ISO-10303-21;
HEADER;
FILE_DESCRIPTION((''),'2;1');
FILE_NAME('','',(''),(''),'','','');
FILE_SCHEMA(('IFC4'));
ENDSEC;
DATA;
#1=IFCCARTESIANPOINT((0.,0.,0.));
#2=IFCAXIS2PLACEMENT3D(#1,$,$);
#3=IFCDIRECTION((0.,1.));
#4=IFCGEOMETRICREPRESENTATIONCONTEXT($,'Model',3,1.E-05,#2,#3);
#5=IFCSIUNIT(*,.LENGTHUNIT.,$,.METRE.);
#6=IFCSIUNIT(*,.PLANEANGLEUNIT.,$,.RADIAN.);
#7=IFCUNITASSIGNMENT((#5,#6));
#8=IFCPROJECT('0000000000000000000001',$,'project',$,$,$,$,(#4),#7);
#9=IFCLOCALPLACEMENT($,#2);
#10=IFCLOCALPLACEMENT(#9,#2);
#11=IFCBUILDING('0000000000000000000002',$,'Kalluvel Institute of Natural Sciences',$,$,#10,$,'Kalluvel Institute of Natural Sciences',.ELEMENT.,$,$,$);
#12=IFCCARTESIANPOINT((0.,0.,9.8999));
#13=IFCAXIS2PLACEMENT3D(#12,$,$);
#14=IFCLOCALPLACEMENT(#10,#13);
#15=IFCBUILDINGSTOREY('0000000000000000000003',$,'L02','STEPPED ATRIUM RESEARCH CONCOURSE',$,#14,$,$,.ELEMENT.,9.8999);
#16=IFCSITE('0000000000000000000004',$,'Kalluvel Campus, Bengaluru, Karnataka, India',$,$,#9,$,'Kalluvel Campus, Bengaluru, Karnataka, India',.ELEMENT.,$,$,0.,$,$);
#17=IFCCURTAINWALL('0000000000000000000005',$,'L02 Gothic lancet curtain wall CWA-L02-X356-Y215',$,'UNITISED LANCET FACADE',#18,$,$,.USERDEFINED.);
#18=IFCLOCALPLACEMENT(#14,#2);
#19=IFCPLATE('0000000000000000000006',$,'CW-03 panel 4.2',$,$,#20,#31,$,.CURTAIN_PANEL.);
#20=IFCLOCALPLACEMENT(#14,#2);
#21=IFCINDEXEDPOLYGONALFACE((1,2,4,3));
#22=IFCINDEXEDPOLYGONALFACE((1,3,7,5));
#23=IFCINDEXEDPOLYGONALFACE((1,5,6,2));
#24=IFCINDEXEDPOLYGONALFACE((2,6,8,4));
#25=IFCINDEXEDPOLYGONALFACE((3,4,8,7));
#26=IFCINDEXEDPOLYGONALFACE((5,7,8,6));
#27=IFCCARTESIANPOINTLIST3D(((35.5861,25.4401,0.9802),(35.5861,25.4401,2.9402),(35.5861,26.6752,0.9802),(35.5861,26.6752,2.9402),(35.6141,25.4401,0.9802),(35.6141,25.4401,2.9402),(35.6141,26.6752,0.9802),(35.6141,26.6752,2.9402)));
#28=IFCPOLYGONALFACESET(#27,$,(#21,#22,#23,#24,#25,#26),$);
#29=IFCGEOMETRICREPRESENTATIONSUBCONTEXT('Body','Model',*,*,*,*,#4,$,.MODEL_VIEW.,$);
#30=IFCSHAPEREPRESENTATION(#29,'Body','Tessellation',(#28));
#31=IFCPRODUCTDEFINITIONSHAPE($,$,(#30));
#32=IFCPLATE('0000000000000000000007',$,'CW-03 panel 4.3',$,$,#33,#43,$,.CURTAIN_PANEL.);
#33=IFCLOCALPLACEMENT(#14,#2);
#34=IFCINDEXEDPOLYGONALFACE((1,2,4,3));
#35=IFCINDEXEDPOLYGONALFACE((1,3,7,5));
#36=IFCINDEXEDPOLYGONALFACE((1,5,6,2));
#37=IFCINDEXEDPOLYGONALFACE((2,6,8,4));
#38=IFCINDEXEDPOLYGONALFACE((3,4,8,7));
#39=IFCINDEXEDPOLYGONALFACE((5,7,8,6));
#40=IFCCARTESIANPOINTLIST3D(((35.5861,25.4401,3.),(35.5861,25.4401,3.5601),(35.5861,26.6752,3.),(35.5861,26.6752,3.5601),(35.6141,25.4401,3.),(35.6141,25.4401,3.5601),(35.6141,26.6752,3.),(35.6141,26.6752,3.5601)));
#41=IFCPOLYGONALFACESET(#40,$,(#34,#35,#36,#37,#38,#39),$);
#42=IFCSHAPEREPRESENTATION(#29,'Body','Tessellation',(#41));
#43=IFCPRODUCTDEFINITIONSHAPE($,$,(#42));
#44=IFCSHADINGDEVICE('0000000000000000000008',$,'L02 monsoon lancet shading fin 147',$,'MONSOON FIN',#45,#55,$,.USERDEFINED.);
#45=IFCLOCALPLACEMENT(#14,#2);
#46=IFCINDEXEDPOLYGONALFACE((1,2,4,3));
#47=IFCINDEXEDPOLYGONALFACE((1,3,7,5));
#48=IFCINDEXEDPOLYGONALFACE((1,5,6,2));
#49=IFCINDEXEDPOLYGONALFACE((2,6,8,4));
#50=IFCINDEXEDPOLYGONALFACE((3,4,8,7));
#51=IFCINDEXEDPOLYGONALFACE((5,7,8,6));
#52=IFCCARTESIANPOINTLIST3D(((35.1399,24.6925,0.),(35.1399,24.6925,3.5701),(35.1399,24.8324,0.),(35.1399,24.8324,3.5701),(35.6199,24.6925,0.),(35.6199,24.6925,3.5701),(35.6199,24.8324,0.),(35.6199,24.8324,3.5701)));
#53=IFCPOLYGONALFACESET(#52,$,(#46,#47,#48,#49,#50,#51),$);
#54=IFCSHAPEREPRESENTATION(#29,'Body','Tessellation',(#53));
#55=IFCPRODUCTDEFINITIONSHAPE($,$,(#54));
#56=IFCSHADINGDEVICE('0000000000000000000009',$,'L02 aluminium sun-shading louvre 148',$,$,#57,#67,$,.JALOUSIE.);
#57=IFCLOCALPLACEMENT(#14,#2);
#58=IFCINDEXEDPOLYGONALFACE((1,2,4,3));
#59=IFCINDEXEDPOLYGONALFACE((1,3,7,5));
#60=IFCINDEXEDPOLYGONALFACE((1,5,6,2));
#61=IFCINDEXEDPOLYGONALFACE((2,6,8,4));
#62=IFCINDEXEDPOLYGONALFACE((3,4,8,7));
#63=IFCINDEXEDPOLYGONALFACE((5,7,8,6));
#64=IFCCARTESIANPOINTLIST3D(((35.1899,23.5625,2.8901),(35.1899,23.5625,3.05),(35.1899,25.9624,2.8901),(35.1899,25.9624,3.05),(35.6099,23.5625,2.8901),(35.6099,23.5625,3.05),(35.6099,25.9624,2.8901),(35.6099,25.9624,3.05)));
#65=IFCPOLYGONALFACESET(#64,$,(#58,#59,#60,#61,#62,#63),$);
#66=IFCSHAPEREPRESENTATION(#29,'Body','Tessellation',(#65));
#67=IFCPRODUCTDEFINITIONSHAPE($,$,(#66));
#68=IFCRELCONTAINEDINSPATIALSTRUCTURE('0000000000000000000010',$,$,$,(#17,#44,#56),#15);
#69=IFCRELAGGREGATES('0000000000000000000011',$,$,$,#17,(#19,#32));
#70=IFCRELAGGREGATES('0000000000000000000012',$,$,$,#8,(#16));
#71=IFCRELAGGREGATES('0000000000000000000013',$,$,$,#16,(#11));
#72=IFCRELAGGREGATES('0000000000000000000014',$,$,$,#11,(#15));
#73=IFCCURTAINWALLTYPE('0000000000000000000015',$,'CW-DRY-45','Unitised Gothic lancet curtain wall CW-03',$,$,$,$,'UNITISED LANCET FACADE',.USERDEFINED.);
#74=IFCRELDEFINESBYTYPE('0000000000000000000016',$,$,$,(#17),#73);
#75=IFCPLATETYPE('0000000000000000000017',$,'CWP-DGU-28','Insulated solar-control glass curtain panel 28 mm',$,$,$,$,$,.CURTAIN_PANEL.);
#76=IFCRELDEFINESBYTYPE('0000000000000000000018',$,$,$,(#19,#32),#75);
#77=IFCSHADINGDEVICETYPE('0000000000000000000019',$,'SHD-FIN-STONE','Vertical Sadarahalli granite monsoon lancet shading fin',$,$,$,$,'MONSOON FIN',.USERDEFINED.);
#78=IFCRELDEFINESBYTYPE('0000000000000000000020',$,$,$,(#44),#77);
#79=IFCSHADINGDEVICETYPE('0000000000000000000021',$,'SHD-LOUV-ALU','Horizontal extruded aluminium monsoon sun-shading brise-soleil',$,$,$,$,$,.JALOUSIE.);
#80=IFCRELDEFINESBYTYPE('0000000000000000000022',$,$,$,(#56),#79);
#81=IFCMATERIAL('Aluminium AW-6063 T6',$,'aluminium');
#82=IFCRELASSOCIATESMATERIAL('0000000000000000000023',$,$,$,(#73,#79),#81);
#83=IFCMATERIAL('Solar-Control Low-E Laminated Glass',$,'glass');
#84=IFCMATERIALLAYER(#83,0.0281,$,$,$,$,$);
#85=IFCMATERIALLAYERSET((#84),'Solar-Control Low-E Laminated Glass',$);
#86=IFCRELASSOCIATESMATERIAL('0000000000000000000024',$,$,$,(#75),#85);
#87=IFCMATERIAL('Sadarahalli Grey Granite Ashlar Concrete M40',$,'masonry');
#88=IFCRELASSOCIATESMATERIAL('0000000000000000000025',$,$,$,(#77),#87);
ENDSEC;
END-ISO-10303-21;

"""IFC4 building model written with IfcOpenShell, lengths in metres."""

from ifc_helpers import new_model, si_unit, direction, frame, origin, origin_2d, place, context, subcontext, project, spatial, rectangle, extrude, material, layer, layer_set, type_object, element, aggregate, save


model = new_model("IFC4")

# Units and contexts
model_context = context("Model", 3, precision=1e-05, world=origin(), true_north=direction((0.0, 1.0)))
body_context = subcontext(model_context, "Body", "Model", "MODEL_VIEW")
ifc_project = project(units=[si_unit("LENGTHUNIT", "METRE"), si_unit("PLANEANGLEUNIT", "RADIAN")], contexts=[model_context])

# Site, building, storey
site_placement = place(None, origin())
site = spatial("IfcSite", under=ifc_project, at=site_placement, Name="Kalluvel Campus, Bengaluru, Karnataka, India", LongName="Kalluvel Campus, Bengaluru, Karnataka, India", CompositionType="ELEMENT", RefElevation=0.0)
building_placement = place(site_placement, origin())
building = spatial("IfcBuilding", under=site, at=building_placement, Name="Kalluvel Institute of Natural Sciences", LongName="Kalluvel Institute of Natural Sciences", CompositionType="ELEMENT")
storey_placement = place(building_placement, frame((0.0, 0.0, 9.8999)))
storey = spatial("IfcBuildingStorey", under=building, at=storey_placement, Name="L02", Description="STEPPED ATRIUM RESEARCH CONCOURSE", CompositionType="ELEMENT", Elevation=9.8999)

# Curtain wall, plates
ifc_material_1 = material(Name="Aluminium AW-6063 T6", Category="aluminium")
curtain_wall_type = type_object("IfcCurtainWallType", Name="CW-DRY-45", Description="Unitised Gothic lancet curtain wall CW-03", ElementType="UNITISED LANCET FACADE", PredefinedType="USERDEFINED", material=ifc_material_1)
curtain_wall_placement = place(storey_placement, origin())
curtain_wall = element("IfcCurtainWall", 1, at=curtain_wall_placement, inside=storey, type_object=curtain_wall_type, Name="L02 Gothic lancet curtain wall CWA-L02-X356-Y215", ObjectType="UNITISED LANCET FACADE", PredefinedType="USERDEFINED")
ifc_material_2 = material(Name="Solar-Control Low-E Laminated Glass", Category="glass")
ifc_layer = layer(ifc_material_2, 0.0281)
ifc_layer_set = layer_set([ifc_layer], Name="Solar-Control Low-E Laminated Glass")
plate_type = type_object("IfcPlateType", Name="CWP-DGU-28", Description="Insulated solar-control glass curtain panel 28 mm", PredefinedType="CURTAIN_PANEL", material=ifc_layer_set)
plate_1_placement = place(storey_placement, frame((35.6001, 26.0576, 0.9802), z_axis=(0.0, 0.0, 1.0), x_axis=(0.0, 1.0, 0.0)))
plate_1 = element("IfcPlate", 2, at=plate_1_placement, type_object=plate_type, Name="CW-03 panel 4.2", PredefinedType="CURTAIN_PANEL", context=body_context, shape_type="SweptSolid", body=[
    extrude(rectangle(XDim=1.2351, YDim=0.0281, at=origin_2d()), origin(), (0.0, 0.0, 1.0), 1.96),
])
plate_2_placement = place(storey_placement, frame((35.6001, 26.0576, 3.0), z_axis=(0.0, 0.0, 1.0), x_axis=(0.0, 1.0, 0.0)))
plate_2 = element("IfcPlate", 3, at=plate_2_placement, type_object=plate_type, Name="CW-03 panel 4.3", PredefinedType="CURTAIN_PANEL", context=body_context, shape_type="SweptSolid", body=[
    extrude(rectangle(XDim=1.2351, YDim=0.0281, at=origin_2d()), origin(), (0.0, 0.0, 1.0), 0.5601),
])
aggregate(curtain_wall, [plate_1, plate_2])

# Shading devices
ifc_material_3 = material(Name="Sadarahalli Grey Granite Ashlar Concrete M40", Category="masonry")
shading_device_type_1 = type_object("IfcShadingDeviceType", Name="SHD-FIN-STONE", Description="Vertical Sadarahalli granite monsoon lancet shading fin", ElementType="MONSOON FIN", PredefinedType="USERDEFINED", material=ifc_material_3)
shading_device_1_placement = place(storey_placement, frame((35.3799, 24.7625, 0.0), z_axis=(0.0, 0.0, 1.0), x_axis=(0.0, 1.0, 0.0)))
element("IfcShadingDevice", 4, at=shading_device_1_placement, inside=storey, type_object=shading_device_type_1, Name="L02 monsoon lancet shading fin 147", ObjectType="MONSOON FIN", PredefinedType="USERDEFINED", context=body_context, shape_type="SweptSolid", body=[
    extrude(rectangle(XDim=0.1399, YDim=0.48, at=origin_2d()), origin(), (0.0, 0.0, 1.0), 3.5701),
])
shading_device_type_2 = type_object("IfcShadingDeviceType", Name="SHD-LOUV-ALU", Description="Horizontal extruded aluminium monsoon sun-shading brise-soleil", PredefinedType="JALOUSIE", material=ifc_material_1)
shading_device_2_placement = place(storey_placement, frame((35.3999, 24.7625, 2.8901), z_axis=(0.0, 0.0, 1.0), x_axis=(0.0, 1.0, 0.0)))
element("IfcShadingDevice", 5, at=shading_device_2_placement, inside=storey, type_object=shading_device_type_2, Name="L02 aluminium sun-shading louvre 148", PredefinedType="JALOUSIE", context=body_context, shape_type="SweptSolid", body=[
    extrude(rectangle(XDim=2.3999, YDim=0.4199, at=origin_2d()), origin(), (0.0, 0.0, 1.0), 0.1599),
])

save(model, "model.ifc")
